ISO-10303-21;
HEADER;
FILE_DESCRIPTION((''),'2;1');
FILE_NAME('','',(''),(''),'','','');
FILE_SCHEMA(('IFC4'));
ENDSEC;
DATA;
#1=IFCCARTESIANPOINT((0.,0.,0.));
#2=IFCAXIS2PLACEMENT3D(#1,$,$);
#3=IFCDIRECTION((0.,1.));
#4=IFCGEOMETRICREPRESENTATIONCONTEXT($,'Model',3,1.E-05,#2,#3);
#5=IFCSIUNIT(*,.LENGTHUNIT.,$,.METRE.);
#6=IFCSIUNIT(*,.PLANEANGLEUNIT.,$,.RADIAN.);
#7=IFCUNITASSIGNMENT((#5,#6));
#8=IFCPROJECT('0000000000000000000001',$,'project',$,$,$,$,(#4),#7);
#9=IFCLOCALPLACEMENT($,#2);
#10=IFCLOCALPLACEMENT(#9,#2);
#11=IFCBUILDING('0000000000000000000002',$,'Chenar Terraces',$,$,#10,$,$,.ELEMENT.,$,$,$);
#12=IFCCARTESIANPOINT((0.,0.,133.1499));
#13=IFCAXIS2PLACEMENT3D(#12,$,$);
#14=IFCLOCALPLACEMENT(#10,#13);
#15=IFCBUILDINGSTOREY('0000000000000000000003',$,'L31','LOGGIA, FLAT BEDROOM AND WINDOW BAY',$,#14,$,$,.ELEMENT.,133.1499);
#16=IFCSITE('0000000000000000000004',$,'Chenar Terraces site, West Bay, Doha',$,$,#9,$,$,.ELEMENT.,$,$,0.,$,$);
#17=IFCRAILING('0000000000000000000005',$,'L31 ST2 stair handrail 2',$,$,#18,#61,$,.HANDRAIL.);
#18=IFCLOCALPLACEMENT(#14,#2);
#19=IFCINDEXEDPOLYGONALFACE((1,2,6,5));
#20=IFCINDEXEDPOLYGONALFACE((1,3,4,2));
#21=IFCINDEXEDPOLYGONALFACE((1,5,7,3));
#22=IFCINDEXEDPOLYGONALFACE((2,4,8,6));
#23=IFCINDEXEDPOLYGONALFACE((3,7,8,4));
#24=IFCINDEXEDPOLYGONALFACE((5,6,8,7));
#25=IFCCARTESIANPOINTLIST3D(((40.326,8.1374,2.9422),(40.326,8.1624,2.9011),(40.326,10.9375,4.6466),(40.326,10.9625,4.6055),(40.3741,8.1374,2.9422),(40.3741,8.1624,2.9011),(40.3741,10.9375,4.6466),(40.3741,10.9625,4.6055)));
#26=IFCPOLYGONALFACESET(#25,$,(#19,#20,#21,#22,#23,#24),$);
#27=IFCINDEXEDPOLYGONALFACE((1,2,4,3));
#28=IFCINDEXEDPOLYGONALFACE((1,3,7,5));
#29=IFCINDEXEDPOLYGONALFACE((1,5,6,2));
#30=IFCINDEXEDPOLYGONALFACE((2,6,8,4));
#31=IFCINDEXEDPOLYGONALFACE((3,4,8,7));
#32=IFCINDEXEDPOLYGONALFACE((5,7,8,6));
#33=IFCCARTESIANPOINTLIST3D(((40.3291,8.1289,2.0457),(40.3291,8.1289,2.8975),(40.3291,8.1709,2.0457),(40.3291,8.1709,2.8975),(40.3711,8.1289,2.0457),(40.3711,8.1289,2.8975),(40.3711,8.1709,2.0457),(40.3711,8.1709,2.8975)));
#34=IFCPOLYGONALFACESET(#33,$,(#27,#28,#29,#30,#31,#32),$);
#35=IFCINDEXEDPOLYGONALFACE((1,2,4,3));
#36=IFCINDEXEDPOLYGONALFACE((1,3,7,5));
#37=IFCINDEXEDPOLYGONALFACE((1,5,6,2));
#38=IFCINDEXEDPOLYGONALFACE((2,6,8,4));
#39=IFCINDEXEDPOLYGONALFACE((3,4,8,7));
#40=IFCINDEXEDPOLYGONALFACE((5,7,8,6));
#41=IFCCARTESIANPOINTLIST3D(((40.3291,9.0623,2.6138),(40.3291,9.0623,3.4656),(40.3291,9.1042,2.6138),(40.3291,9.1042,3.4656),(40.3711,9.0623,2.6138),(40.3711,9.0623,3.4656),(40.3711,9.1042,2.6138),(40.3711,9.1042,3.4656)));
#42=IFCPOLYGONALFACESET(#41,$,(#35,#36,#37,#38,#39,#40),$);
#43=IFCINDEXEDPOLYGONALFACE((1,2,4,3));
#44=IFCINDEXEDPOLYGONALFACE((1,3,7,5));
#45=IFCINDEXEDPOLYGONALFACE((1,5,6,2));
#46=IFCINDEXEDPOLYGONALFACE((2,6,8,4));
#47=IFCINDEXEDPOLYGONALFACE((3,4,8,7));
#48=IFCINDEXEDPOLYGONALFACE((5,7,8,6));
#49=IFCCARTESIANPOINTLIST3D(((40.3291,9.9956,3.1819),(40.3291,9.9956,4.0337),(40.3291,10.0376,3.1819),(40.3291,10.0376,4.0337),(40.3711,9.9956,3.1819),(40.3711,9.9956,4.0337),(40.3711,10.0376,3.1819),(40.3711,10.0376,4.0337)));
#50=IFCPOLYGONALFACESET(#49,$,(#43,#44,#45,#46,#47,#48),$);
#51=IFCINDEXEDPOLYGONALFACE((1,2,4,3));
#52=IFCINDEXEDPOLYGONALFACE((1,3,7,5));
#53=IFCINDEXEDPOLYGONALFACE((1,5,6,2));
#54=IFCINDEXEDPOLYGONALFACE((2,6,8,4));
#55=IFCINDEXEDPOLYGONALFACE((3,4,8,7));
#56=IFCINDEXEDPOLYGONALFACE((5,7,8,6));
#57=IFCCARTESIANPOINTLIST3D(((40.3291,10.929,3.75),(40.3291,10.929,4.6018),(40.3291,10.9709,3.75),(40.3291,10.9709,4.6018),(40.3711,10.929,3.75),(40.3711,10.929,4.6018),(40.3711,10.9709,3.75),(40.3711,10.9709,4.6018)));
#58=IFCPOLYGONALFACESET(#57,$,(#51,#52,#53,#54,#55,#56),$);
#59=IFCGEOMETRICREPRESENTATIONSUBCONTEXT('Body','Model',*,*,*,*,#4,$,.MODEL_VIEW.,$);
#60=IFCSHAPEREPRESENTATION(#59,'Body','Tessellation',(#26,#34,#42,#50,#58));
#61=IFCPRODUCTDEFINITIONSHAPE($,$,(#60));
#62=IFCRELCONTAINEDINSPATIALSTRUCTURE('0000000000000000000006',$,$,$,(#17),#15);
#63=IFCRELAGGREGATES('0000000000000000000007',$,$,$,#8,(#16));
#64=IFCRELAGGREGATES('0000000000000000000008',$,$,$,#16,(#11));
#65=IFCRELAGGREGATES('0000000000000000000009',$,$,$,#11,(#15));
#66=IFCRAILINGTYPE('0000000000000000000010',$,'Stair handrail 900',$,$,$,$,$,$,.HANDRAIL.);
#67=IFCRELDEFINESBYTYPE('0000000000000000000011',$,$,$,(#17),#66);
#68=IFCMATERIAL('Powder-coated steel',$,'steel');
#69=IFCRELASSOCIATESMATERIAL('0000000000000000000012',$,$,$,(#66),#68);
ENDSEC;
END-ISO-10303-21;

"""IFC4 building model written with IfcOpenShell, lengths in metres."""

from ifc_helpers import new_model, si_unit, direction, frame, origin, origin_2d, place, context, subcontext, project, spatial, rectangle, extrude, material, type_object, element, save


model = new_model("IFC4")

# Units and contexts
model_context = context("Model", 3, precision=1e-05, world=origin(), true_north=direction((0.0, 1.0)))
body_context = subcontext(model_context, "Body", "Model", "MODEL_VIEW")
ifc_project = project(units=[si_unit("LENGTHUNIT", "METRE"), si_unit("PLANEANGLEUNIT", "RADIAN")], contexts=[model_context])

# Site, building, storey
site_placement = place(None, origin())
site = spatial("IfcSite", under=ifc_project, at=site_placement, Name="Chenar Terraces site, West Bay, Doha", CompositionType="ELEMENT", RefElevation=0.0)
building_placement = place(site_placement, origin())
building = spatial("IfcBuilding", under=site, at=building_placement, Name="Chenar Terraces", CompositionType="ELEMENT")
storey_placement = place(building_placement, frame((0.0, 0.0, 133.1499)))
storey = spatial("IfcBuildingStorey", under=building, at=storey_placement, Name="L31", Description="LOGGIA, FLAT BEDROOM AND WINDOW BAY", CompositionType="ELEMENT", Elevation=133.1499)

# Railing
ifc_material_1 = material(Name="Powder-coated steel", Category="steel")
railing_type_1 = type_object("IfcRailingType", Name="Stair handrail 900", PredefinedType="HANDRAIL", material=ifc_material_1)
railing_1_placement = place(storey_placement, frame((40.3501, 8.1499, 2.0457)))
element("IfcRailing", 1, at=railing_1_placement, inside=storey, type_object=railing_type_1, Name="L31 ST2 stair handrail 2", PredefinedType="HANDRAIL", context=body_context, shape_type="SweptSolid", body=[
    extrude(rectangle(XDim=0.0481, YDim=0.0481, at=origin_2d()), frame((0.0, 0.0, 0.876), z_axis=(0.0, 0.854203, 0.51994), x_axis=(-1.0, 0.0, 0.0)), (0.0, 0.0, 1.0), 3.2781),
    extrude(rectangle(XDim=0.042, YDim=0.042, at=origin_2d()), origin(), (0.0, 0.0, 1.0), 0.8518),
    extrude(rectangle(XDim=0.042, YDim=0.042, at=origin_2d()), frame((0.0, 0.9333, 0.5681)), (0.0, 0.0, 1.0), 0.8518),
    extrude(rectangle(XDim=0.042, YDim=0.042, at=origin_2d()), frame((0.0, 1.8667, 1.1362)), (0.0, 0.0, 1.0), 0.8518),
    extrude(rectangle(XDim=0.042, YDim=0.042, at=origin_2d()), frame((0.0, 2.8, 1.7043)), (0.0, 0.0, 1.0), 0.8518),
])

save(model, "model.ifc")
